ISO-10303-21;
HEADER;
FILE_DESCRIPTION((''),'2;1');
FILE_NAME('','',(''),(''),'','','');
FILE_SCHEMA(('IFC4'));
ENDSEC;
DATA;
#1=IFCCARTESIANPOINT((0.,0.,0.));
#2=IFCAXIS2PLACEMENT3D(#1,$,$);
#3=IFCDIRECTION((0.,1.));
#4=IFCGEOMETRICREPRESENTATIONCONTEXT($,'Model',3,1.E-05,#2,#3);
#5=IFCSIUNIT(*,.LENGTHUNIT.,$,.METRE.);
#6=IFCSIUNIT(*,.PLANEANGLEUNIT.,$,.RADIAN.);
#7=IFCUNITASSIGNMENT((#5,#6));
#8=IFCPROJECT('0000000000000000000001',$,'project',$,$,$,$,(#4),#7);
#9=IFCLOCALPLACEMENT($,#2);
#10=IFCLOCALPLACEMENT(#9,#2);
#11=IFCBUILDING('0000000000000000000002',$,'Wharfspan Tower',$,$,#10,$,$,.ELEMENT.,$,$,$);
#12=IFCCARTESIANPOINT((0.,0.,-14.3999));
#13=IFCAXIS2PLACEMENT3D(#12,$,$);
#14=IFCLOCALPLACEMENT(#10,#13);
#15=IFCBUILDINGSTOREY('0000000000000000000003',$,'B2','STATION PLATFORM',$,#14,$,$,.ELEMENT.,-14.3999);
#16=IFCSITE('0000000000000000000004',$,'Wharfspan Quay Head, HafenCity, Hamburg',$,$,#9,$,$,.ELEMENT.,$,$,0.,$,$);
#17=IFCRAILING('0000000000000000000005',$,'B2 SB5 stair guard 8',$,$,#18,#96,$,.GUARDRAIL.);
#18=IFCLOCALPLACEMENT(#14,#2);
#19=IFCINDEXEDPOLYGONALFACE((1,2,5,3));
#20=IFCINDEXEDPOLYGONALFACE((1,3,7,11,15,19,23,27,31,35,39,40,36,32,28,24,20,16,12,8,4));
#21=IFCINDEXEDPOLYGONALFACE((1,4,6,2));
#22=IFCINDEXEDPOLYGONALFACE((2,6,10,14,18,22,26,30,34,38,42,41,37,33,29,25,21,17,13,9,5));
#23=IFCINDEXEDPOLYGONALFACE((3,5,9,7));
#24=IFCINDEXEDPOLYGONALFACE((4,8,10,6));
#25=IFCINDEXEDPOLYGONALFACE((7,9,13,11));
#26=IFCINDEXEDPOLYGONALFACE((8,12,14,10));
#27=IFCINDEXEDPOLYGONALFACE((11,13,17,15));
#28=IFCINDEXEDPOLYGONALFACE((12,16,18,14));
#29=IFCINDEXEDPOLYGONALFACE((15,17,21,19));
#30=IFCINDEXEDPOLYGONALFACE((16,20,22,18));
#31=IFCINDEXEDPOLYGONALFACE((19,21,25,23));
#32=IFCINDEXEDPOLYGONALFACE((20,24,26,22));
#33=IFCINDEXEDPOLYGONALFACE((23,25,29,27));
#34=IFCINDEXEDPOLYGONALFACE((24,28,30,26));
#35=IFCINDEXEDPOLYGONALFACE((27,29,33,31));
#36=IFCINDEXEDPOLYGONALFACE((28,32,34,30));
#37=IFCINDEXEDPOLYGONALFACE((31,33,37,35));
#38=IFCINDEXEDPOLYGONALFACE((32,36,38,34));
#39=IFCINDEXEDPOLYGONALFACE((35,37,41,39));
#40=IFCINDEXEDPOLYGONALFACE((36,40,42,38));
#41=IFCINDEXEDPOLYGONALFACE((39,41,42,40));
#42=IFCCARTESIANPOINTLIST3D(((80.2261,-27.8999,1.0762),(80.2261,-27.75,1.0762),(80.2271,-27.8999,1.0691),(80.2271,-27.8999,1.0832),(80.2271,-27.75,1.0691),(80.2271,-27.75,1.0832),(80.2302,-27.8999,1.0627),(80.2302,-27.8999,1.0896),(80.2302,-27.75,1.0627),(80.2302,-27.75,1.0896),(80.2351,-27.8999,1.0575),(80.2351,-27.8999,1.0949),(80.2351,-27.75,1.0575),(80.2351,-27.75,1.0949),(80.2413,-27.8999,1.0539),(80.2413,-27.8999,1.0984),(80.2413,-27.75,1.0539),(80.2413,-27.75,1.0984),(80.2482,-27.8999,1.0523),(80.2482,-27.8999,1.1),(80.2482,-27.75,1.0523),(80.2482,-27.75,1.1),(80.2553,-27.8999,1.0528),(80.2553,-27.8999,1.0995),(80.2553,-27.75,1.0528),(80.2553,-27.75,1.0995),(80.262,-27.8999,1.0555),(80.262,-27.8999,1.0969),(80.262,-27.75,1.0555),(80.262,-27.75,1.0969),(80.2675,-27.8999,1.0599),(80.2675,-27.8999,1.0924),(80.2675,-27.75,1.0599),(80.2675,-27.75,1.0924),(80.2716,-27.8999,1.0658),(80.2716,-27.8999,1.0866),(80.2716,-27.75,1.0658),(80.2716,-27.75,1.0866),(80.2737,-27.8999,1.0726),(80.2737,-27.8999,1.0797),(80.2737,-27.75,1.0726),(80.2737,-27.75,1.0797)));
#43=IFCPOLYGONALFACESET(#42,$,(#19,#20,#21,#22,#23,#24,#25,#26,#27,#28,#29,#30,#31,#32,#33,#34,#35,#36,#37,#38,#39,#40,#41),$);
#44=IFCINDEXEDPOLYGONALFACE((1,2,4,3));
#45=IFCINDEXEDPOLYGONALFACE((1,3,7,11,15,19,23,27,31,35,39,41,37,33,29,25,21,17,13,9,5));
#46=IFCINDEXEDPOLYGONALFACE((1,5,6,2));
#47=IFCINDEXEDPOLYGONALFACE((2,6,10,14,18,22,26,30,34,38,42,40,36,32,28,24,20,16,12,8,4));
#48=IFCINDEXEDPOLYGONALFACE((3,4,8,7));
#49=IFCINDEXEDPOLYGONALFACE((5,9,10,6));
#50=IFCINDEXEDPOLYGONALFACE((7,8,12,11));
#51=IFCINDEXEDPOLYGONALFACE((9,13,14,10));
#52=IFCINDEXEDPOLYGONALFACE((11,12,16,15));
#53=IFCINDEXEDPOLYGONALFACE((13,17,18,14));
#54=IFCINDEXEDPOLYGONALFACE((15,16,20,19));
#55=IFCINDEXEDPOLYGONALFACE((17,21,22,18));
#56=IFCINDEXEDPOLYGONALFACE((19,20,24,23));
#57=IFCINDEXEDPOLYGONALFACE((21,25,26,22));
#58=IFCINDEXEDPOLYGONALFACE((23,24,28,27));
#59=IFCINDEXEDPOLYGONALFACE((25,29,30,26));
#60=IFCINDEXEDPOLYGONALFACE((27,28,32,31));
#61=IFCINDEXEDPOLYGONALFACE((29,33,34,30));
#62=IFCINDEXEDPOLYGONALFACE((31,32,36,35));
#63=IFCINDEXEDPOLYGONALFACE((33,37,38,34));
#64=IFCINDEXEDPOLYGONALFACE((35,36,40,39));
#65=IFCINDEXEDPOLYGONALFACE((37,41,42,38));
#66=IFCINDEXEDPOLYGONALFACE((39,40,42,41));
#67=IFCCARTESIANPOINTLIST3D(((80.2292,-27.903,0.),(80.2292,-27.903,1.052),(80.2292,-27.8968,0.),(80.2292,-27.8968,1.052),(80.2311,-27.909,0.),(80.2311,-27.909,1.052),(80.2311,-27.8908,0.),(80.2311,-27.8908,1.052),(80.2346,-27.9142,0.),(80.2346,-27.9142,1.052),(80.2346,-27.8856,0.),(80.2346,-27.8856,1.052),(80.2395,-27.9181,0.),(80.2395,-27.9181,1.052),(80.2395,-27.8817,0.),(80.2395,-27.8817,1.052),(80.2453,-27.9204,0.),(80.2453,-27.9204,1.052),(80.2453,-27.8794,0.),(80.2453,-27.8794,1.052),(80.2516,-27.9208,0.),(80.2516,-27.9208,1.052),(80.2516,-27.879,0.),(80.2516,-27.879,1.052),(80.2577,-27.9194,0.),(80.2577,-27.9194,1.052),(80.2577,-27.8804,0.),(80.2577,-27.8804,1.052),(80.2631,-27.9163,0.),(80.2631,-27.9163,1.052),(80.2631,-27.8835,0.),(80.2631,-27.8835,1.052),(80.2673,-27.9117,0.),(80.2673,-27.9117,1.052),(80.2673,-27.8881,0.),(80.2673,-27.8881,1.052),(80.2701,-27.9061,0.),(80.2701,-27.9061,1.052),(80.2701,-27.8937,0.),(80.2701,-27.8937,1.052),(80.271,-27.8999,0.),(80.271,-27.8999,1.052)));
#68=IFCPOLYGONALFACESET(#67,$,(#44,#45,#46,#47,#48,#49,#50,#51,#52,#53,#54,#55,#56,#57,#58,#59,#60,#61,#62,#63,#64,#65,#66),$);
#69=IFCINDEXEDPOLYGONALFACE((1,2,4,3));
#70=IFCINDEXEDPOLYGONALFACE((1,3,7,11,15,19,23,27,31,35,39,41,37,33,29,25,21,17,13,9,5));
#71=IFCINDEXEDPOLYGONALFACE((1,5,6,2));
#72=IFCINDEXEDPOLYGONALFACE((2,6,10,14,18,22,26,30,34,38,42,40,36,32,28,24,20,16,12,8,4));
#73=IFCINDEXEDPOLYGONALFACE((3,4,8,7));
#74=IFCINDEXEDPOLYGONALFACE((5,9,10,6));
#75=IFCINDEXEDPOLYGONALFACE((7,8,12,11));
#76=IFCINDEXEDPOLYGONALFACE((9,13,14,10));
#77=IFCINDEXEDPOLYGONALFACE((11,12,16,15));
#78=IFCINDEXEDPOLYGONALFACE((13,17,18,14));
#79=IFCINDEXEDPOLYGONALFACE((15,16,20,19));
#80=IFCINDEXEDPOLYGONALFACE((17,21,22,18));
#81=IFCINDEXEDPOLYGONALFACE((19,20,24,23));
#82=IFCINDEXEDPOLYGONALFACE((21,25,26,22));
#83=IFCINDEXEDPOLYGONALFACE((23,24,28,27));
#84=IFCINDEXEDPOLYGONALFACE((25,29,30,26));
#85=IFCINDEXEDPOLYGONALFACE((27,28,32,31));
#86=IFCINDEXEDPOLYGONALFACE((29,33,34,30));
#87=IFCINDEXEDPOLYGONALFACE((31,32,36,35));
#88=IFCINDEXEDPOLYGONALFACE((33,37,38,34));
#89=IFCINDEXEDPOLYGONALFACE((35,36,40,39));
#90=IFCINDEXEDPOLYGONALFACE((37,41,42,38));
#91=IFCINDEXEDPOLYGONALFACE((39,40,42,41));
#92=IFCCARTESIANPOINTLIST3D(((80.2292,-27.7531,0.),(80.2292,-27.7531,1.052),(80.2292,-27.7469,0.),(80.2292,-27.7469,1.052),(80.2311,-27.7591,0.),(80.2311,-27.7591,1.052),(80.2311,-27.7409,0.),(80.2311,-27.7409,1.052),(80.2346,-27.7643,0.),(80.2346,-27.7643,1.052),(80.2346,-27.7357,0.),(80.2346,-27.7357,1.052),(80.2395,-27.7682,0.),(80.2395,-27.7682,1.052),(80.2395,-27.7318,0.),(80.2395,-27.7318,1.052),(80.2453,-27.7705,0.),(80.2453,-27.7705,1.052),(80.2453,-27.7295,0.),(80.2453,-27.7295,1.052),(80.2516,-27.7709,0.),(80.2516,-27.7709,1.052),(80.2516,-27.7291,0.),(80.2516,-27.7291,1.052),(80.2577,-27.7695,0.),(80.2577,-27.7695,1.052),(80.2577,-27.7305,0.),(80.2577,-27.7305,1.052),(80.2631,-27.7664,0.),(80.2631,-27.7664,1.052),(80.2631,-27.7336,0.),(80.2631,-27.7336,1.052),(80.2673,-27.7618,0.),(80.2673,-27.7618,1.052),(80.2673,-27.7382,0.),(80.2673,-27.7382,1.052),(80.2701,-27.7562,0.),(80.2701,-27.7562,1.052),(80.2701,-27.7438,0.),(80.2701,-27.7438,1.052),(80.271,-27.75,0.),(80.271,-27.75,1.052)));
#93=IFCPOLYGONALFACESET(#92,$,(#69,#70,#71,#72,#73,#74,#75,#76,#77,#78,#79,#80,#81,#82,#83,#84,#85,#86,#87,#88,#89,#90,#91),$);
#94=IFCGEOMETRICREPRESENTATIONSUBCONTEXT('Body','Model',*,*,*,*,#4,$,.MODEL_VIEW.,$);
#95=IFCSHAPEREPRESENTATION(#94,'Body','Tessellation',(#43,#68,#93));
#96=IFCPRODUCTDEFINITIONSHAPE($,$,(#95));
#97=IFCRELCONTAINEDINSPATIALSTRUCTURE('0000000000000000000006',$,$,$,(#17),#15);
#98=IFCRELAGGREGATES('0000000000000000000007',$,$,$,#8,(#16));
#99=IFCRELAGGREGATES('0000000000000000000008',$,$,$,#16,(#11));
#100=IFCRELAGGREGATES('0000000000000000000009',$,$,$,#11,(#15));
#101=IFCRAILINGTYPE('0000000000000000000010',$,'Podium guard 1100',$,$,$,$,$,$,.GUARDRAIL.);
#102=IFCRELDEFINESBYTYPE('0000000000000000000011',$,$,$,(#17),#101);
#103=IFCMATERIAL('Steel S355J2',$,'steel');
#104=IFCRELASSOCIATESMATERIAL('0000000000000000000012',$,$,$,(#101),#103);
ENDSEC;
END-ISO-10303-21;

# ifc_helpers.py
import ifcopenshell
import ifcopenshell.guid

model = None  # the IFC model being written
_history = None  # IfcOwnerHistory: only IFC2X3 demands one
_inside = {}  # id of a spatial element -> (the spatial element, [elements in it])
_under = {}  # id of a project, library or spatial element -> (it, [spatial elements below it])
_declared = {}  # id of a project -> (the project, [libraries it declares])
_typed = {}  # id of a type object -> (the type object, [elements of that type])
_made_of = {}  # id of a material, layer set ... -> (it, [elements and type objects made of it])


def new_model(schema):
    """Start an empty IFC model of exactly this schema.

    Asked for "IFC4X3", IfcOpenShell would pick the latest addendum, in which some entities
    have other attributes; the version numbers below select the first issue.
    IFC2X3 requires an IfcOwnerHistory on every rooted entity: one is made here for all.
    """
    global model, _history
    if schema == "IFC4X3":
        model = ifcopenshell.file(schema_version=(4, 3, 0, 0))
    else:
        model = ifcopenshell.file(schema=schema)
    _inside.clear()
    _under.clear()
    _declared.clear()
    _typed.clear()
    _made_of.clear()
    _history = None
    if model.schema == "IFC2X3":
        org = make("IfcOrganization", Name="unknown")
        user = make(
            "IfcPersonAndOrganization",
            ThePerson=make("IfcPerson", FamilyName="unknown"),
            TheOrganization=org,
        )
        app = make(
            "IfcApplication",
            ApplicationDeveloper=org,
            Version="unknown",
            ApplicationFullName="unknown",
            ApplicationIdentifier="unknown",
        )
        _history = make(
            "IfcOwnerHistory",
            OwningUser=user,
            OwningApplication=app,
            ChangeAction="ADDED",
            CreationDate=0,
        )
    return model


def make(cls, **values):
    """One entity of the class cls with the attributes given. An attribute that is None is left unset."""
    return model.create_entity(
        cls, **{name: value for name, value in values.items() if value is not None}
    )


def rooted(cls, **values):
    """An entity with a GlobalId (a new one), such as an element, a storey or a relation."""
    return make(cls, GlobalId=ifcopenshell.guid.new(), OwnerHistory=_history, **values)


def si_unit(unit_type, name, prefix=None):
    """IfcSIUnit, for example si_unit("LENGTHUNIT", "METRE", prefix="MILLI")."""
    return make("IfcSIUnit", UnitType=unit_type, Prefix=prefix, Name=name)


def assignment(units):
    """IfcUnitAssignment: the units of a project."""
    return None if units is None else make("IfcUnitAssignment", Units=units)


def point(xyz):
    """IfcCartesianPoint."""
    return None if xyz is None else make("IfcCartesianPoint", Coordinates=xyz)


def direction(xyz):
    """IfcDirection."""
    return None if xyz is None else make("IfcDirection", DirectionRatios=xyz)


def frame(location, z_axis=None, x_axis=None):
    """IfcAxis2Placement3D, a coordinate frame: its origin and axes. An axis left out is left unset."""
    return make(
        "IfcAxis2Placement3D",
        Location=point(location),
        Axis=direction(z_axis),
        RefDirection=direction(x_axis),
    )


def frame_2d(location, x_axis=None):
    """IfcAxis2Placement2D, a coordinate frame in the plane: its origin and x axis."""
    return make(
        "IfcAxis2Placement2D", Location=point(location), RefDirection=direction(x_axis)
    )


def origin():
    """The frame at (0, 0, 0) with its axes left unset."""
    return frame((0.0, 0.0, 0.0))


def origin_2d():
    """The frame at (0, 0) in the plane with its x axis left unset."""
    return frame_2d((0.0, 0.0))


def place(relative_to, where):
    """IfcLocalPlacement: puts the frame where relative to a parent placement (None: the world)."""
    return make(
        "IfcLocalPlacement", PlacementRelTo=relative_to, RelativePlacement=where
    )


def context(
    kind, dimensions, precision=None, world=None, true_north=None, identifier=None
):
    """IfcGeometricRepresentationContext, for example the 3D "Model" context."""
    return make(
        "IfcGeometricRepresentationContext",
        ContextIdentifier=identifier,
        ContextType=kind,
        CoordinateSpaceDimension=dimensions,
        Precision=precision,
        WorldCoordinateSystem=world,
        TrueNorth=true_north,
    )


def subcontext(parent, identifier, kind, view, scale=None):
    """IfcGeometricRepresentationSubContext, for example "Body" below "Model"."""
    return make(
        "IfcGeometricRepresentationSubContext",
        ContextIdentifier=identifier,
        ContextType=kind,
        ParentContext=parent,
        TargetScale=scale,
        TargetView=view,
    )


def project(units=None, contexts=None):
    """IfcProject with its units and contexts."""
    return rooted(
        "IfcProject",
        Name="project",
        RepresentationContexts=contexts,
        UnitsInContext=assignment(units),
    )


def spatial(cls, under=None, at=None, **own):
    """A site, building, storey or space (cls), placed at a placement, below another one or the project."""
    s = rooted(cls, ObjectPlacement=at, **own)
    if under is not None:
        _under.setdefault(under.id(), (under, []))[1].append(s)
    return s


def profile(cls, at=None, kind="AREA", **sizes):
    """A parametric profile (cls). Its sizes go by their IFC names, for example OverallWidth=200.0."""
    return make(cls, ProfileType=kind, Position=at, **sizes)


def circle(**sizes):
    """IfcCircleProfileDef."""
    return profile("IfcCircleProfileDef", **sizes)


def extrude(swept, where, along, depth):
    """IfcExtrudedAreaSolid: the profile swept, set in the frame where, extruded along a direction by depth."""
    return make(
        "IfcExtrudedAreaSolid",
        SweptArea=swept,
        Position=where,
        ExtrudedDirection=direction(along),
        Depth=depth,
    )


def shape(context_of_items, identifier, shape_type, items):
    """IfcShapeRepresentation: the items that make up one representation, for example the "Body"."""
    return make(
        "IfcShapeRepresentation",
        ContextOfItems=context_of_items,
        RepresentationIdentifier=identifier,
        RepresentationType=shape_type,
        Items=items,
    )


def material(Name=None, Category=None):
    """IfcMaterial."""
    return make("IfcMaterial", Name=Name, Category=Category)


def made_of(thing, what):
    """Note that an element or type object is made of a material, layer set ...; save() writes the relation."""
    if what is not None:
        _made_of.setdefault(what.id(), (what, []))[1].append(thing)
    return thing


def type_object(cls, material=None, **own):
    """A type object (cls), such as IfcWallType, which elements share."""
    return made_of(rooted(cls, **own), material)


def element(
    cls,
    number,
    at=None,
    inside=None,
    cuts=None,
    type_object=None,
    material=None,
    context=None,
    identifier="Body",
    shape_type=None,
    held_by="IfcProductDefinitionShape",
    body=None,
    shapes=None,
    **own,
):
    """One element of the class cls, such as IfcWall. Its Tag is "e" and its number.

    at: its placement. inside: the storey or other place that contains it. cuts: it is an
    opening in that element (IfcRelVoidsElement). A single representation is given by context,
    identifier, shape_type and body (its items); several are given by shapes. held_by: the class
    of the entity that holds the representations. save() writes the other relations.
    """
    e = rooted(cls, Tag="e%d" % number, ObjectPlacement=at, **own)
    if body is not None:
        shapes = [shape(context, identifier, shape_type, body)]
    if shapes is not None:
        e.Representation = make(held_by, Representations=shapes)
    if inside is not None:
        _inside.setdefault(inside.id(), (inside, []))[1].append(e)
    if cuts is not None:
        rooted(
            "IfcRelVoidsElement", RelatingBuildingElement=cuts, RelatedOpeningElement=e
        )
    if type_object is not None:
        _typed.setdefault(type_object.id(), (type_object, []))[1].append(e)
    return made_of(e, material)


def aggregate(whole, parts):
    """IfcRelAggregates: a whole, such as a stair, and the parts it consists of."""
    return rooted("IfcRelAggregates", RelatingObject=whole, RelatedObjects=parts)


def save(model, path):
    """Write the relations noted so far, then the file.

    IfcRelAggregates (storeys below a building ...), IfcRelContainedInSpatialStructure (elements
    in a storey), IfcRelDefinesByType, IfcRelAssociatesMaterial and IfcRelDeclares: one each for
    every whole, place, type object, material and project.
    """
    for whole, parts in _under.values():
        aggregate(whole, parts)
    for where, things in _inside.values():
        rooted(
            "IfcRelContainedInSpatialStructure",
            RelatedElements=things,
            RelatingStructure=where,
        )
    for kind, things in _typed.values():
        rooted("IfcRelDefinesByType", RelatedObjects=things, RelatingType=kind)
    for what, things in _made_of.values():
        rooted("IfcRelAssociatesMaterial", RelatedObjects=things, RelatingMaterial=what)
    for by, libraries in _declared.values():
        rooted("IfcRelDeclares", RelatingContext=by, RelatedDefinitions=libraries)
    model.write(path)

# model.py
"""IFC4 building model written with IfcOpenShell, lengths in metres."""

from ifc_helpers import new_model, si_unit, direction, frame, origin, origin_2d, place, context, subcontext, project, spatial, circle, extrude, material, type_object, element, save


model = new_model("IFC4")

# Units and contexts
model_context = context("Model", 3, precision=1e-05, world=origin(), true_north=direction((0.0, 1.0)))
body_context = subcontext(model_context, "Body", "Model", "MODEL_VIEW")
ifc_project = project(units=[si_unit("LENGTHUNIT", "METRE"), si_unit("PLANEANGLEUNIT", "RADIAN")], contexts=[model_context])

# Site, building, storey
site_placement = place(None, origin())
site = spatial("IfcSite", under=ifc_project, at=site_placement, Name="Wharfspan Quay Head, HafenCity, Hamburg", CompositionType="ELEMENT", RefElevation=0.0)
building_placement = place(site_placement, origin())
building = spatial("IfcBuilding", under=site, at=building_placement, Name="Wharfspan Tower", CompositionType="ELEMENT")
storey_placement = place(building_placement, frame((0.0, 0.0, -14.3999)))
storey = spatial("IfcBuildingStorey", under=building, at=storey_placement, Name="B2", Description="STATION PLATFORM", CompositionType="ELEMENT", Elevation=-14.3999)

# Railing
ifc_material_1 = material(Name="Steel S355J2", Category="steel")
railing_type_1 = type_object("IfcRailingType", Name="Podium guard 1100", PredefinedType="GUARDRAIL", material=ifc_material_1)
railing_1_placement = place(storey_placement, frame((80.25, -27.8999, 0.0)))
element("IfcRailing", 1, at=railing_1_placement, inside=storey, type_object=railing_type_1, Name="B2 SB5 stair guard 8", PredefinedType="GUARDRAIL", context=body_context, shape_type="SweptSolid", body=[
    extrude(circle(Radius=0.0239, at=origin_2d()), frame((0.0, 0.0, 1.0762), z_axis=(0.0, 1.0, 0.0), x_axis=(-1.0, 0.0, 0.0)), (0.0, 0.0, 1.0), 0.1499),
    extrude(circle(Radius=0.021, at=origin_2d()), origin(), (0.0, 0.0, 1.0), 1.052),
    extrude(circle(Radius=0.021, at=origin_2d()), frame((0.0, 0.1499, 0.0)), (0.0, 0.0, 1.0), 1.052),
])

save(model, "model.ifc")
